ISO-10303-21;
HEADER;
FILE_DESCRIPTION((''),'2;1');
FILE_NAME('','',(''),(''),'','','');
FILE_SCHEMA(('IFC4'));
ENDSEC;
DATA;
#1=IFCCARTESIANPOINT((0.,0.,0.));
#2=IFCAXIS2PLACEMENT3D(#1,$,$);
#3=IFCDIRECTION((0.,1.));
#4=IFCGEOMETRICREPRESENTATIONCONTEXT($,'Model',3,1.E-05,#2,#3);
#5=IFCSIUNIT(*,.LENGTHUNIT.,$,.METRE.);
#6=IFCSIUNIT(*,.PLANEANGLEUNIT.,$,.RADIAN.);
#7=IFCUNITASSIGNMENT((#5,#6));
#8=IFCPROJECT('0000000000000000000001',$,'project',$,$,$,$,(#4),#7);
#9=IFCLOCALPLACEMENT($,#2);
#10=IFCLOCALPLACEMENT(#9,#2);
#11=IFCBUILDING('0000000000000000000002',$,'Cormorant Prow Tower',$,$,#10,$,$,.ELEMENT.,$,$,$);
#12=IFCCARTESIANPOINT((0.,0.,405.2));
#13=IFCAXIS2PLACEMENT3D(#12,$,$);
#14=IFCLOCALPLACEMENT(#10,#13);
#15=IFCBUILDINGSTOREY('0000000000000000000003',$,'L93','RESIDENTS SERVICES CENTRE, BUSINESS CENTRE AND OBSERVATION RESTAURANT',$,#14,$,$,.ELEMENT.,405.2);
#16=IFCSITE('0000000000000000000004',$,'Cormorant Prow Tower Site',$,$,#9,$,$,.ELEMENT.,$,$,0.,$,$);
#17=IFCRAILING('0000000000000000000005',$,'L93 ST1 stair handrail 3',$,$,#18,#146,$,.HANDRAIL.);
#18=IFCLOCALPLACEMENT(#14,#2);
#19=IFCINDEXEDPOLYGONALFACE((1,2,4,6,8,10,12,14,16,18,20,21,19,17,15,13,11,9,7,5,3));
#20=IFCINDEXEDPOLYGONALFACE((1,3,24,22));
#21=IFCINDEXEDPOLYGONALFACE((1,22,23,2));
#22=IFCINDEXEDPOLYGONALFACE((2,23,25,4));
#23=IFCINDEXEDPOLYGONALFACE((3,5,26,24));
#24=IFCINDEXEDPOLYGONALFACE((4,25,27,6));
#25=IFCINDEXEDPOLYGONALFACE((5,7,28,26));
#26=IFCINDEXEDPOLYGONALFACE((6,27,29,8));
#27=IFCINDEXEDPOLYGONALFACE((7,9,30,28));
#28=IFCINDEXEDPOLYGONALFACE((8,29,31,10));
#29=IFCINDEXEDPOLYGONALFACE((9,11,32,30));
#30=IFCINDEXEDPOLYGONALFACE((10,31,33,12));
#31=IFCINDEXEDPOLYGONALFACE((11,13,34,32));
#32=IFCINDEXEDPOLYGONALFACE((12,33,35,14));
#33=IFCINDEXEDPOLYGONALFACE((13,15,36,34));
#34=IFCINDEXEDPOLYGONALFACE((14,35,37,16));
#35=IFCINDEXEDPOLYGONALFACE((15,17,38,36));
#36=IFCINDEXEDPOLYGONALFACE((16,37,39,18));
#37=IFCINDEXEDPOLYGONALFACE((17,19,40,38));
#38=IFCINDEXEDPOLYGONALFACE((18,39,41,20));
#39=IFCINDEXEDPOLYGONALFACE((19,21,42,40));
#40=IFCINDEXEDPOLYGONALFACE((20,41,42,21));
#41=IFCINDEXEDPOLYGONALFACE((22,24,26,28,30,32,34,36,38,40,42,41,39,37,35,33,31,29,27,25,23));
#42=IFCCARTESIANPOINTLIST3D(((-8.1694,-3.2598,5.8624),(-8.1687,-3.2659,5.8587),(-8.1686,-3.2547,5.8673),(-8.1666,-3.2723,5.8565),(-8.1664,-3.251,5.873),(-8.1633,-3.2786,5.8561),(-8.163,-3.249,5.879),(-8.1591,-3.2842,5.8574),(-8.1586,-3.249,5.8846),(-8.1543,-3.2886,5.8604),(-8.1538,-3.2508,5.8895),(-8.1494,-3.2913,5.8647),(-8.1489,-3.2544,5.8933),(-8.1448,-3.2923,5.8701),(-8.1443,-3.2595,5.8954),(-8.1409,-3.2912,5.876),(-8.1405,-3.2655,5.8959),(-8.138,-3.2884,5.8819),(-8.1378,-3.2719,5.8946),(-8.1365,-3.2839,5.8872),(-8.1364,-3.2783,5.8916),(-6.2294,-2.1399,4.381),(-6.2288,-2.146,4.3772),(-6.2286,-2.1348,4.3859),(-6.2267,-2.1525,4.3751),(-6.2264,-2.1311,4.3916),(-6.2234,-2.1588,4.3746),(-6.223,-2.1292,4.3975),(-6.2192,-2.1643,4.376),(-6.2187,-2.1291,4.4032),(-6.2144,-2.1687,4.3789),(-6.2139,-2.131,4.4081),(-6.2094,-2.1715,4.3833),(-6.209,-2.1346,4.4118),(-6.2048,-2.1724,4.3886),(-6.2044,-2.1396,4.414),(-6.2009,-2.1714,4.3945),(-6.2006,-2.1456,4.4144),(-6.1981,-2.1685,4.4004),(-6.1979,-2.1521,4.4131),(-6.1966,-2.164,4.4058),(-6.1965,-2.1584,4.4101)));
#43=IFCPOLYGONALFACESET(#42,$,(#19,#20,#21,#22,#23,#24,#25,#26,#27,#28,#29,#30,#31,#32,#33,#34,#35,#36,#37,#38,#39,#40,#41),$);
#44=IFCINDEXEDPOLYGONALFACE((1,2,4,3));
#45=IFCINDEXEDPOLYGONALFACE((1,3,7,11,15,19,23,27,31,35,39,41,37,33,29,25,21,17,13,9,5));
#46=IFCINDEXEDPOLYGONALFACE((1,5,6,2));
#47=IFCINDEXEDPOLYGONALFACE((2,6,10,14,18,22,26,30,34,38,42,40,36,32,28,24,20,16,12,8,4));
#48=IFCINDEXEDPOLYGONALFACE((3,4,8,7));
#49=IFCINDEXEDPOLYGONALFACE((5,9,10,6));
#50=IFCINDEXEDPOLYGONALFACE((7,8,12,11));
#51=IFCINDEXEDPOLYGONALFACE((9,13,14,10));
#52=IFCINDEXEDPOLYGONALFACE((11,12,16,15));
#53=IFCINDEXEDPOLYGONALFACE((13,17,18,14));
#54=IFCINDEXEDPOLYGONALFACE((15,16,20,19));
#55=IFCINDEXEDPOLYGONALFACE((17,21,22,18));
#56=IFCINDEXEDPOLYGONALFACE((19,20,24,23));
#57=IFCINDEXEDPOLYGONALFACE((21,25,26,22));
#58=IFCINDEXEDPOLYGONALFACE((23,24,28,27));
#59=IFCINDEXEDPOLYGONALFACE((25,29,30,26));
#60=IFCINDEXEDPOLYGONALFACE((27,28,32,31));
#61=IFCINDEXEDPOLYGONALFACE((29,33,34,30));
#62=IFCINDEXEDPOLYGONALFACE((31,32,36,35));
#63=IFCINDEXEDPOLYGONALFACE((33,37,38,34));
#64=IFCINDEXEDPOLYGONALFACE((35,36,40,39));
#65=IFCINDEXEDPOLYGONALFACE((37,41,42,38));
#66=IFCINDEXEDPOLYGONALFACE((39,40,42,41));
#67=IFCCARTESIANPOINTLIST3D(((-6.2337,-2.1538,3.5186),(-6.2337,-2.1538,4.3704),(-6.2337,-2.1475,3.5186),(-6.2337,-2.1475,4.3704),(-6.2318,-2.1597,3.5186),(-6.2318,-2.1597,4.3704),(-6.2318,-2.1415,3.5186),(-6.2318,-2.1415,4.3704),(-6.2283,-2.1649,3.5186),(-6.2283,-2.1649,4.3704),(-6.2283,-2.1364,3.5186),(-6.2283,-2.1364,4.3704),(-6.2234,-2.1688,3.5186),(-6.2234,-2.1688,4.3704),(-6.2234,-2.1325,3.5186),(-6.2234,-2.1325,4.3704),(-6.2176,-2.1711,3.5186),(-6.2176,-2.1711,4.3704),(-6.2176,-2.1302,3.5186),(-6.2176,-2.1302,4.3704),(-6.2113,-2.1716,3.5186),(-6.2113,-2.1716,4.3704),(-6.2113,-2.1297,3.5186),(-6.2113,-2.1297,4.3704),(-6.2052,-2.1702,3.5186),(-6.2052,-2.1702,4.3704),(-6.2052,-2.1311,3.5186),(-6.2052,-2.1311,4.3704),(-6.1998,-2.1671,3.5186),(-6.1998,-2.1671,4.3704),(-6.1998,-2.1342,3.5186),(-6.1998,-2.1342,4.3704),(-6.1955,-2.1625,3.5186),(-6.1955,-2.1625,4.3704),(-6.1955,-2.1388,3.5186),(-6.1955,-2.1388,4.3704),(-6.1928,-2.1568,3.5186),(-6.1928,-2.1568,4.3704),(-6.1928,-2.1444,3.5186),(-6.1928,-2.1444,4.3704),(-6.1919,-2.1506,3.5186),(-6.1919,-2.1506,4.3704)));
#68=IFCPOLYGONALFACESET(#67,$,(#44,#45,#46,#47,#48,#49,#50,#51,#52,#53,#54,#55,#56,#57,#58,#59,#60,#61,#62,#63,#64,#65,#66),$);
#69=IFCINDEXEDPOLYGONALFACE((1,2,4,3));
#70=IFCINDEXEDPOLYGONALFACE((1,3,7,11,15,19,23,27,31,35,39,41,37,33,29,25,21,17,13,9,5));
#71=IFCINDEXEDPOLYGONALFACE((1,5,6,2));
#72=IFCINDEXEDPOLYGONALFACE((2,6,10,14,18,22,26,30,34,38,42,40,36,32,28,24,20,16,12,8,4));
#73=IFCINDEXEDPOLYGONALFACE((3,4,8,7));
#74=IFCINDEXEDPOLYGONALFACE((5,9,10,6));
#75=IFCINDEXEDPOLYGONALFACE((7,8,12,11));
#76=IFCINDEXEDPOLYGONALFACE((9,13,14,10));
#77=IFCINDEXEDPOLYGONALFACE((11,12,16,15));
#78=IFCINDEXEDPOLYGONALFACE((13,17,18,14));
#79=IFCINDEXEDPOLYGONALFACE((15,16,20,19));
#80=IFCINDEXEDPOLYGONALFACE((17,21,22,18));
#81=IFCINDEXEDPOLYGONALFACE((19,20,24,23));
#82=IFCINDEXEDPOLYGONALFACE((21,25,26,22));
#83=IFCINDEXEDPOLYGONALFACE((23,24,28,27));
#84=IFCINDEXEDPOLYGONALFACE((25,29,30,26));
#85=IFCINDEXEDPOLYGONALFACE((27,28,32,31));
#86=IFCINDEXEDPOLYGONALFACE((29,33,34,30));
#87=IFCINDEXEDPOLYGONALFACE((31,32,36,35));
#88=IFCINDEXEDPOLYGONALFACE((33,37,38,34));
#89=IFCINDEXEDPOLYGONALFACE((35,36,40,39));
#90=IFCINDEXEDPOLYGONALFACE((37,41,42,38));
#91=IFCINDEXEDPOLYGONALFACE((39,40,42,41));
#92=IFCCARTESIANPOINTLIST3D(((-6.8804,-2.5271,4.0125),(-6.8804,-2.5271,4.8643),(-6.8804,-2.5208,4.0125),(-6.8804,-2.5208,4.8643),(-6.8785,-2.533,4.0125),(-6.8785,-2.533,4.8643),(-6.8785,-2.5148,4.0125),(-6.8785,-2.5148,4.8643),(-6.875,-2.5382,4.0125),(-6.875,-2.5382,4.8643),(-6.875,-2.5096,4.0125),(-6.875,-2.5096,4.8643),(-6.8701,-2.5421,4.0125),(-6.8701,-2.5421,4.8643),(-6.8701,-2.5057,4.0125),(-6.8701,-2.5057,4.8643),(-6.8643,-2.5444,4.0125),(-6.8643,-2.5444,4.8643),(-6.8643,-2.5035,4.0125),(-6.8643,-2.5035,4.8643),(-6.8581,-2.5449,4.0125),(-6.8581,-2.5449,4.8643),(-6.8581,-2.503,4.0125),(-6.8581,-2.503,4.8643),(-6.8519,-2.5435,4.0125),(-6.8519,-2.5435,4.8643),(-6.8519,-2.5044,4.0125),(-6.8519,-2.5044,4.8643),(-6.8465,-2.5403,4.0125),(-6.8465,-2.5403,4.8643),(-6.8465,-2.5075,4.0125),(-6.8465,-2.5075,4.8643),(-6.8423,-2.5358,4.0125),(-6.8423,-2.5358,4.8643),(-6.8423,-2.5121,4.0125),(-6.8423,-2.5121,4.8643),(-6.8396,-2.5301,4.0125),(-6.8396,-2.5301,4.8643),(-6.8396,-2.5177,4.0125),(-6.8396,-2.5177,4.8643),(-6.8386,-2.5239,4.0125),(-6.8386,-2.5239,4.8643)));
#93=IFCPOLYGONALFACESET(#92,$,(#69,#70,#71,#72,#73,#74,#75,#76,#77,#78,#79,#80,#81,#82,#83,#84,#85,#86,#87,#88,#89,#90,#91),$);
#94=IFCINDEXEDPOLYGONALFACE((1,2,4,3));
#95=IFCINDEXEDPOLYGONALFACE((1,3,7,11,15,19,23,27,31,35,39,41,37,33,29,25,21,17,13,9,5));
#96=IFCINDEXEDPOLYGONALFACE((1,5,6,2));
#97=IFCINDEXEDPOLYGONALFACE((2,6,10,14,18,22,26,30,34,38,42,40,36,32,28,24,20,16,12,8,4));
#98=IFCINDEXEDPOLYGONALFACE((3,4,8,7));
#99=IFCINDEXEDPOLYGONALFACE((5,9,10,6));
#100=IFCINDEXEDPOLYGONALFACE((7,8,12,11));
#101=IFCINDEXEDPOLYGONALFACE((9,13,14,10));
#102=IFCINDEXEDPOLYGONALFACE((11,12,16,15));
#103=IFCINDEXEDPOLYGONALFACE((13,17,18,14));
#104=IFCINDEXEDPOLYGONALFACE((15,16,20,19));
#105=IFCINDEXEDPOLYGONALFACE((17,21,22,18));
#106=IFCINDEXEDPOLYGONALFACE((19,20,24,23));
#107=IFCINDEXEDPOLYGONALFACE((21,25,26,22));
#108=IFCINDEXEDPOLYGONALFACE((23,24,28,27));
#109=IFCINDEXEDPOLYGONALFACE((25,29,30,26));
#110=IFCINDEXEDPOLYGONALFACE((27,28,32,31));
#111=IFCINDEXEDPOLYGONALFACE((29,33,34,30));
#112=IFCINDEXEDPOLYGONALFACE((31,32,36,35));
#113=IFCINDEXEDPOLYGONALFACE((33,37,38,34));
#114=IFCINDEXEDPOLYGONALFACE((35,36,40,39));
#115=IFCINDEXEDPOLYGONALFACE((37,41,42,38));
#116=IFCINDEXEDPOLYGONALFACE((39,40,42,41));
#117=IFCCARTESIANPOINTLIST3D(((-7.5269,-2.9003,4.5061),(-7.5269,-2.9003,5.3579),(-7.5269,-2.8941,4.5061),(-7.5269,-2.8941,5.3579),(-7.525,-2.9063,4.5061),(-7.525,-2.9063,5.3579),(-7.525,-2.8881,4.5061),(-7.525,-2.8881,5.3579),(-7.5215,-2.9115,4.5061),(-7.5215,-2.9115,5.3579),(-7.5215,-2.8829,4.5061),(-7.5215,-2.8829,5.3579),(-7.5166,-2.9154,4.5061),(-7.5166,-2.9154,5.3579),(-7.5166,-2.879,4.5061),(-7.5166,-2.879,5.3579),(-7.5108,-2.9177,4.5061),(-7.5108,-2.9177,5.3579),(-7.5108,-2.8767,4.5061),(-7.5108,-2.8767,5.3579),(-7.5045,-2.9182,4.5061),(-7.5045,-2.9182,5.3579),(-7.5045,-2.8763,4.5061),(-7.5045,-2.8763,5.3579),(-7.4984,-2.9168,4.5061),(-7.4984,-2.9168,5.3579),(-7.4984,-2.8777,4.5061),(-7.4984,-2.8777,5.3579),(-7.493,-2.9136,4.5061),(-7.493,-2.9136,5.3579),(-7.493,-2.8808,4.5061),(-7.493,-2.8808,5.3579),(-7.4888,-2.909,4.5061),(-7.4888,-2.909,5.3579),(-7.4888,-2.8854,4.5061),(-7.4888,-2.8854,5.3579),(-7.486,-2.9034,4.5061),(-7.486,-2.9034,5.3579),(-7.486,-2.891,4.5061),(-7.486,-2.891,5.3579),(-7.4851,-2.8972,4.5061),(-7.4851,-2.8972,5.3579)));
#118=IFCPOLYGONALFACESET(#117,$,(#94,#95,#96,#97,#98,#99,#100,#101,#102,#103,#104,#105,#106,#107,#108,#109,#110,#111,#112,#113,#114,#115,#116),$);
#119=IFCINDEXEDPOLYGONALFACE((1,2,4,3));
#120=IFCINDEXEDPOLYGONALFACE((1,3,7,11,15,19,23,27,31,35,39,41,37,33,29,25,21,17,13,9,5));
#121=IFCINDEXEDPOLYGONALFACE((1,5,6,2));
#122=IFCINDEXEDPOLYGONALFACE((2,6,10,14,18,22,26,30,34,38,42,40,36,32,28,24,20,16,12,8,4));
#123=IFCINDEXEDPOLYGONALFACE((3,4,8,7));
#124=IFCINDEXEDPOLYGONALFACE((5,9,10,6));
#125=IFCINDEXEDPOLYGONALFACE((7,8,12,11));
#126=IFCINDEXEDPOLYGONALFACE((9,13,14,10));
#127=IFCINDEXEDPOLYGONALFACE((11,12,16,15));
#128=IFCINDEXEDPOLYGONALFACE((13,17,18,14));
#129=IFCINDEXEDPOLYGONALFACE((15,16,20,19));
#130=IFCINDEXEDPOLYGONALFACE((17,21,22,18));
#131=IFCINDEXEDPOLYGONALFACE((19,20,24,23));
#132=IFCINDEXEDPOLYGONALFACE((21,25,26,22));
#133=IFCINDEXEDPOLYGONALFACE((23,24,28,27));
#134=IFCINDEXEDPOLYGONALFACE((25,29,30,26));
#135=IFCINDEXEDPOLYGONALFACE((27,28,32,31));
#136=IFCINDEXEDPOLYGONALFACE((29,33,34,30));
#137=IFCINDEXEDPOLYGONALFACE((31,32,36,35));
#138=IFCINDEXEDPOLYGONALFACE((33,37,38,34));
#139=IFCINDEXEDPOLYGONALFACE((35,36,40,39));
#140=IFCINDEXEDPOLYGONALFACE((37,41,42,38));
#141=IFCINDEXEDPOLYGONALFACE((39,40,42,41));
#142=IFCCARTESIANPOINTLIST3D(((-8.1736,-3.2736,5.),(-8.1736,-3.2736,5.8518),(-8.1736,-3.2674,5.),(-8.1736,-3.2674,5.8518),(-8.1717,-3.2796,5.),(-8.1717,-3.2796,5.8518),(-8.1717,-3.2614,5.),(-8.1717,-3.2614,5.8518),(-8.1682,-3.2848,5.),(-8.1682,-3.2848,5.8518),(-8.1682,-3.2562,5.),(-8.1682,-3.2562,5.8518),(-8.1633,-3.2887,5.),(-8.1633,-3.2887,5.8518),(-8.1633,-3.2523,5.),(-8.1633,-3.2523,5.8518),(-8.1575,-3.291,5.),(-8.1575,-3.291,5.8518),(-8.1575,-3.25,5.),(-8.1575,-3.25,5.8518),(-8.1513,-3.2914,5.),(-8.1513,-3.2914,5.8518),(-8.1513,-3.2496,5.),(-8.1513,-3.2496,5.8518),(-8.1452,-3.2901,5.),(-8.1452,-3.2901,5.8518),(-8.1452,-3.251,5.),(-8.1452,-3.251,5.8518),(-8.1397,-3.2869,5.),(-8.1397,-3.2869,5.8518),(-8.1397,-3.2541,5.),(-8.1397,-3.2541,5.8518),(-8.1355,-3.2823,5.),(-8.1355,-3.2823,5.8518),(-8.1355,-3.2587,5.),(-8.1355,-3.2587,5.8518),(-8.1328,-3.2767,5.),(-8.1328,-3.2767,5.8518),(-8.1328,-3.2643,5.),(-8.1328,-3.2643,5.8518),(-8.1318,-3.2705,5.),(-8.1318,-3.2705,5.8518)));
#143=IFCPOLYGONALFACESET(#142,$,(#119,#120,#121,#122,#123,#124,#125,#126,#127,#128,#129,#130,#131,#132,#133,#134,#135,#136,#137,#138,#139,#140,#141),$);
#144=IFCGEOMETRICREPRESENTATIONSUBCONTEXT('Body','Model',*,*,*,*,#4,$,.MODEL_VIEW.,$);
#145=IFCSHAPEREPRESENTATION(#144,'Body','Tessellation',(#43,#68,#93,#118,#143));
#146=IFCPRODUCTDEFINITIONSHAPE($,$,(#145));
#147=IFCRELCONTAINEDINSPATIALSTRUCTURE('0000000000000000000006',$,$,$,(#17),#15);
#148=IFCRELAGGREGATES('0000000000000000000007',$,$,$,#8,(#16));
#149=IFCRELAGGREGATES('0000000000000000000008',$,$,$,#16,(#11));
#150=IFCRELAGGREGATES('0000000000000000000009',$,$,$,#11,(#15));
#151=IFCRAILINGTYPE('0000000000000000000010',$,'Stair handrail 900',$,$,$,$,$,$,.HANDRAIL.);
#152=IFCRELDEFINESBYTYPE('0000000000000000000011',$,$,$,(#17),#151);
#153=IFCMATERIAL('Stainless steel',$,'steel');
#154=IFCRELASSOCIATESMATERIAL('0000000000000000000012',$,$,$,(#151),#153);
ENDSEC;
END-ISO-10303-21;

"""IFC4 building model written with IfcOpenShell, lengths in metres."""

from ifc_helpers import new_model, si_unit, direction, frame, origin, origin_2d, place, context, subcontext, project, spatial, circle, extrude, material, type_object, element, save


model = new_model("IFC4")

# Units and contexts
model_context = context("Model", 3, precision=1e-05, world=origin(), true_north=direction((0.0, 1.0)))
body_context = subcontext(model_context, "Body", "Model", "MODEL_VIEW")
ifc_project = project(units=[si_unit("LENGTHUNIT", "METRE"), si_unit("PLANEANGLEUNIT", "RADIAN")], contexts=[model_context])

# Site, building, storey
site_placement = place(None, origin())
site = spatial("IfcSite", under=ifc_project, at=site_placement, Name="Cormorant Prow Tower Site", CompositionType="ELEMENT", RefElevation=0.0)
building_placement = place(site_placement, origin())
building = spatial("IfcBuilding", under=site, at=building_placement, Name="Cormorant Prow Tower", CompositionType="ELEMENT")
storey_placement = place(building_placement, frame((0.0, 0.0, 405.2)))
storey = spatial("IfcBuildingStorey", under=building, at=storey_placement, Name="L93", Description="RESIDENTS SERVICES CENTRE, BUSINESS CENTRE AND OBSERVATION RESTAURANT", CompositionType="ELEMENT", Elevation=405.2)

# Railing
ifc_material_1 = material(Name="Stainless steel", Category="steel")
railing_type_1 = type_object("IfcRailingType", Name="Stair handrail 900", PredefinedType="HANDRAIL", material=ifc_material_1)
railing_1_placement = place(storey_placement, frame((-6.2129, -2.1506, 3.5186)))
element("IfcRailing", 1, at=railing_1_placement, inside=storey, type_object=railing_type_1, Name="L93 ST1 stair handrail 3", PredefinedType="HANDRAIL", context=body_context, shape_type="SweptSolid", body=[
    extrude(circle(Radius=0.0239, at=origin_2d()), frame((0.0, 0.0, 0.876), z_axis=(-0.722363, -0.417, 0.551636), x_axis=(0.499949, -0.866055, 0.0)), (0.0, 0.0, 1.0), 2.6855),
    extrude(circle(Radius=0.021, at=origin_2d()), origin(), (0.0, 0.0, 1.0), 0.8518),
    extrude(circle(Radius=0.021, at=origin_2d()), frame((-0.6467, -0.3733, 0.4939)), (0.0, 0.0, 1.0), 0.8518),
    extrude(circle(Radius=0.021, at=origin_2d()), frame((-1.2932, -0.7466, 0.9875)), (0.0, 0.0, 1.0), 0.8518),
    extrude(circle(Radius=0.021, at=origin_2d()), frame((-1.9399, -1.1199, 1.4814)), (0.0, 0.0, 1.0), 0.8518),
])

save(model, "model.ifc")
